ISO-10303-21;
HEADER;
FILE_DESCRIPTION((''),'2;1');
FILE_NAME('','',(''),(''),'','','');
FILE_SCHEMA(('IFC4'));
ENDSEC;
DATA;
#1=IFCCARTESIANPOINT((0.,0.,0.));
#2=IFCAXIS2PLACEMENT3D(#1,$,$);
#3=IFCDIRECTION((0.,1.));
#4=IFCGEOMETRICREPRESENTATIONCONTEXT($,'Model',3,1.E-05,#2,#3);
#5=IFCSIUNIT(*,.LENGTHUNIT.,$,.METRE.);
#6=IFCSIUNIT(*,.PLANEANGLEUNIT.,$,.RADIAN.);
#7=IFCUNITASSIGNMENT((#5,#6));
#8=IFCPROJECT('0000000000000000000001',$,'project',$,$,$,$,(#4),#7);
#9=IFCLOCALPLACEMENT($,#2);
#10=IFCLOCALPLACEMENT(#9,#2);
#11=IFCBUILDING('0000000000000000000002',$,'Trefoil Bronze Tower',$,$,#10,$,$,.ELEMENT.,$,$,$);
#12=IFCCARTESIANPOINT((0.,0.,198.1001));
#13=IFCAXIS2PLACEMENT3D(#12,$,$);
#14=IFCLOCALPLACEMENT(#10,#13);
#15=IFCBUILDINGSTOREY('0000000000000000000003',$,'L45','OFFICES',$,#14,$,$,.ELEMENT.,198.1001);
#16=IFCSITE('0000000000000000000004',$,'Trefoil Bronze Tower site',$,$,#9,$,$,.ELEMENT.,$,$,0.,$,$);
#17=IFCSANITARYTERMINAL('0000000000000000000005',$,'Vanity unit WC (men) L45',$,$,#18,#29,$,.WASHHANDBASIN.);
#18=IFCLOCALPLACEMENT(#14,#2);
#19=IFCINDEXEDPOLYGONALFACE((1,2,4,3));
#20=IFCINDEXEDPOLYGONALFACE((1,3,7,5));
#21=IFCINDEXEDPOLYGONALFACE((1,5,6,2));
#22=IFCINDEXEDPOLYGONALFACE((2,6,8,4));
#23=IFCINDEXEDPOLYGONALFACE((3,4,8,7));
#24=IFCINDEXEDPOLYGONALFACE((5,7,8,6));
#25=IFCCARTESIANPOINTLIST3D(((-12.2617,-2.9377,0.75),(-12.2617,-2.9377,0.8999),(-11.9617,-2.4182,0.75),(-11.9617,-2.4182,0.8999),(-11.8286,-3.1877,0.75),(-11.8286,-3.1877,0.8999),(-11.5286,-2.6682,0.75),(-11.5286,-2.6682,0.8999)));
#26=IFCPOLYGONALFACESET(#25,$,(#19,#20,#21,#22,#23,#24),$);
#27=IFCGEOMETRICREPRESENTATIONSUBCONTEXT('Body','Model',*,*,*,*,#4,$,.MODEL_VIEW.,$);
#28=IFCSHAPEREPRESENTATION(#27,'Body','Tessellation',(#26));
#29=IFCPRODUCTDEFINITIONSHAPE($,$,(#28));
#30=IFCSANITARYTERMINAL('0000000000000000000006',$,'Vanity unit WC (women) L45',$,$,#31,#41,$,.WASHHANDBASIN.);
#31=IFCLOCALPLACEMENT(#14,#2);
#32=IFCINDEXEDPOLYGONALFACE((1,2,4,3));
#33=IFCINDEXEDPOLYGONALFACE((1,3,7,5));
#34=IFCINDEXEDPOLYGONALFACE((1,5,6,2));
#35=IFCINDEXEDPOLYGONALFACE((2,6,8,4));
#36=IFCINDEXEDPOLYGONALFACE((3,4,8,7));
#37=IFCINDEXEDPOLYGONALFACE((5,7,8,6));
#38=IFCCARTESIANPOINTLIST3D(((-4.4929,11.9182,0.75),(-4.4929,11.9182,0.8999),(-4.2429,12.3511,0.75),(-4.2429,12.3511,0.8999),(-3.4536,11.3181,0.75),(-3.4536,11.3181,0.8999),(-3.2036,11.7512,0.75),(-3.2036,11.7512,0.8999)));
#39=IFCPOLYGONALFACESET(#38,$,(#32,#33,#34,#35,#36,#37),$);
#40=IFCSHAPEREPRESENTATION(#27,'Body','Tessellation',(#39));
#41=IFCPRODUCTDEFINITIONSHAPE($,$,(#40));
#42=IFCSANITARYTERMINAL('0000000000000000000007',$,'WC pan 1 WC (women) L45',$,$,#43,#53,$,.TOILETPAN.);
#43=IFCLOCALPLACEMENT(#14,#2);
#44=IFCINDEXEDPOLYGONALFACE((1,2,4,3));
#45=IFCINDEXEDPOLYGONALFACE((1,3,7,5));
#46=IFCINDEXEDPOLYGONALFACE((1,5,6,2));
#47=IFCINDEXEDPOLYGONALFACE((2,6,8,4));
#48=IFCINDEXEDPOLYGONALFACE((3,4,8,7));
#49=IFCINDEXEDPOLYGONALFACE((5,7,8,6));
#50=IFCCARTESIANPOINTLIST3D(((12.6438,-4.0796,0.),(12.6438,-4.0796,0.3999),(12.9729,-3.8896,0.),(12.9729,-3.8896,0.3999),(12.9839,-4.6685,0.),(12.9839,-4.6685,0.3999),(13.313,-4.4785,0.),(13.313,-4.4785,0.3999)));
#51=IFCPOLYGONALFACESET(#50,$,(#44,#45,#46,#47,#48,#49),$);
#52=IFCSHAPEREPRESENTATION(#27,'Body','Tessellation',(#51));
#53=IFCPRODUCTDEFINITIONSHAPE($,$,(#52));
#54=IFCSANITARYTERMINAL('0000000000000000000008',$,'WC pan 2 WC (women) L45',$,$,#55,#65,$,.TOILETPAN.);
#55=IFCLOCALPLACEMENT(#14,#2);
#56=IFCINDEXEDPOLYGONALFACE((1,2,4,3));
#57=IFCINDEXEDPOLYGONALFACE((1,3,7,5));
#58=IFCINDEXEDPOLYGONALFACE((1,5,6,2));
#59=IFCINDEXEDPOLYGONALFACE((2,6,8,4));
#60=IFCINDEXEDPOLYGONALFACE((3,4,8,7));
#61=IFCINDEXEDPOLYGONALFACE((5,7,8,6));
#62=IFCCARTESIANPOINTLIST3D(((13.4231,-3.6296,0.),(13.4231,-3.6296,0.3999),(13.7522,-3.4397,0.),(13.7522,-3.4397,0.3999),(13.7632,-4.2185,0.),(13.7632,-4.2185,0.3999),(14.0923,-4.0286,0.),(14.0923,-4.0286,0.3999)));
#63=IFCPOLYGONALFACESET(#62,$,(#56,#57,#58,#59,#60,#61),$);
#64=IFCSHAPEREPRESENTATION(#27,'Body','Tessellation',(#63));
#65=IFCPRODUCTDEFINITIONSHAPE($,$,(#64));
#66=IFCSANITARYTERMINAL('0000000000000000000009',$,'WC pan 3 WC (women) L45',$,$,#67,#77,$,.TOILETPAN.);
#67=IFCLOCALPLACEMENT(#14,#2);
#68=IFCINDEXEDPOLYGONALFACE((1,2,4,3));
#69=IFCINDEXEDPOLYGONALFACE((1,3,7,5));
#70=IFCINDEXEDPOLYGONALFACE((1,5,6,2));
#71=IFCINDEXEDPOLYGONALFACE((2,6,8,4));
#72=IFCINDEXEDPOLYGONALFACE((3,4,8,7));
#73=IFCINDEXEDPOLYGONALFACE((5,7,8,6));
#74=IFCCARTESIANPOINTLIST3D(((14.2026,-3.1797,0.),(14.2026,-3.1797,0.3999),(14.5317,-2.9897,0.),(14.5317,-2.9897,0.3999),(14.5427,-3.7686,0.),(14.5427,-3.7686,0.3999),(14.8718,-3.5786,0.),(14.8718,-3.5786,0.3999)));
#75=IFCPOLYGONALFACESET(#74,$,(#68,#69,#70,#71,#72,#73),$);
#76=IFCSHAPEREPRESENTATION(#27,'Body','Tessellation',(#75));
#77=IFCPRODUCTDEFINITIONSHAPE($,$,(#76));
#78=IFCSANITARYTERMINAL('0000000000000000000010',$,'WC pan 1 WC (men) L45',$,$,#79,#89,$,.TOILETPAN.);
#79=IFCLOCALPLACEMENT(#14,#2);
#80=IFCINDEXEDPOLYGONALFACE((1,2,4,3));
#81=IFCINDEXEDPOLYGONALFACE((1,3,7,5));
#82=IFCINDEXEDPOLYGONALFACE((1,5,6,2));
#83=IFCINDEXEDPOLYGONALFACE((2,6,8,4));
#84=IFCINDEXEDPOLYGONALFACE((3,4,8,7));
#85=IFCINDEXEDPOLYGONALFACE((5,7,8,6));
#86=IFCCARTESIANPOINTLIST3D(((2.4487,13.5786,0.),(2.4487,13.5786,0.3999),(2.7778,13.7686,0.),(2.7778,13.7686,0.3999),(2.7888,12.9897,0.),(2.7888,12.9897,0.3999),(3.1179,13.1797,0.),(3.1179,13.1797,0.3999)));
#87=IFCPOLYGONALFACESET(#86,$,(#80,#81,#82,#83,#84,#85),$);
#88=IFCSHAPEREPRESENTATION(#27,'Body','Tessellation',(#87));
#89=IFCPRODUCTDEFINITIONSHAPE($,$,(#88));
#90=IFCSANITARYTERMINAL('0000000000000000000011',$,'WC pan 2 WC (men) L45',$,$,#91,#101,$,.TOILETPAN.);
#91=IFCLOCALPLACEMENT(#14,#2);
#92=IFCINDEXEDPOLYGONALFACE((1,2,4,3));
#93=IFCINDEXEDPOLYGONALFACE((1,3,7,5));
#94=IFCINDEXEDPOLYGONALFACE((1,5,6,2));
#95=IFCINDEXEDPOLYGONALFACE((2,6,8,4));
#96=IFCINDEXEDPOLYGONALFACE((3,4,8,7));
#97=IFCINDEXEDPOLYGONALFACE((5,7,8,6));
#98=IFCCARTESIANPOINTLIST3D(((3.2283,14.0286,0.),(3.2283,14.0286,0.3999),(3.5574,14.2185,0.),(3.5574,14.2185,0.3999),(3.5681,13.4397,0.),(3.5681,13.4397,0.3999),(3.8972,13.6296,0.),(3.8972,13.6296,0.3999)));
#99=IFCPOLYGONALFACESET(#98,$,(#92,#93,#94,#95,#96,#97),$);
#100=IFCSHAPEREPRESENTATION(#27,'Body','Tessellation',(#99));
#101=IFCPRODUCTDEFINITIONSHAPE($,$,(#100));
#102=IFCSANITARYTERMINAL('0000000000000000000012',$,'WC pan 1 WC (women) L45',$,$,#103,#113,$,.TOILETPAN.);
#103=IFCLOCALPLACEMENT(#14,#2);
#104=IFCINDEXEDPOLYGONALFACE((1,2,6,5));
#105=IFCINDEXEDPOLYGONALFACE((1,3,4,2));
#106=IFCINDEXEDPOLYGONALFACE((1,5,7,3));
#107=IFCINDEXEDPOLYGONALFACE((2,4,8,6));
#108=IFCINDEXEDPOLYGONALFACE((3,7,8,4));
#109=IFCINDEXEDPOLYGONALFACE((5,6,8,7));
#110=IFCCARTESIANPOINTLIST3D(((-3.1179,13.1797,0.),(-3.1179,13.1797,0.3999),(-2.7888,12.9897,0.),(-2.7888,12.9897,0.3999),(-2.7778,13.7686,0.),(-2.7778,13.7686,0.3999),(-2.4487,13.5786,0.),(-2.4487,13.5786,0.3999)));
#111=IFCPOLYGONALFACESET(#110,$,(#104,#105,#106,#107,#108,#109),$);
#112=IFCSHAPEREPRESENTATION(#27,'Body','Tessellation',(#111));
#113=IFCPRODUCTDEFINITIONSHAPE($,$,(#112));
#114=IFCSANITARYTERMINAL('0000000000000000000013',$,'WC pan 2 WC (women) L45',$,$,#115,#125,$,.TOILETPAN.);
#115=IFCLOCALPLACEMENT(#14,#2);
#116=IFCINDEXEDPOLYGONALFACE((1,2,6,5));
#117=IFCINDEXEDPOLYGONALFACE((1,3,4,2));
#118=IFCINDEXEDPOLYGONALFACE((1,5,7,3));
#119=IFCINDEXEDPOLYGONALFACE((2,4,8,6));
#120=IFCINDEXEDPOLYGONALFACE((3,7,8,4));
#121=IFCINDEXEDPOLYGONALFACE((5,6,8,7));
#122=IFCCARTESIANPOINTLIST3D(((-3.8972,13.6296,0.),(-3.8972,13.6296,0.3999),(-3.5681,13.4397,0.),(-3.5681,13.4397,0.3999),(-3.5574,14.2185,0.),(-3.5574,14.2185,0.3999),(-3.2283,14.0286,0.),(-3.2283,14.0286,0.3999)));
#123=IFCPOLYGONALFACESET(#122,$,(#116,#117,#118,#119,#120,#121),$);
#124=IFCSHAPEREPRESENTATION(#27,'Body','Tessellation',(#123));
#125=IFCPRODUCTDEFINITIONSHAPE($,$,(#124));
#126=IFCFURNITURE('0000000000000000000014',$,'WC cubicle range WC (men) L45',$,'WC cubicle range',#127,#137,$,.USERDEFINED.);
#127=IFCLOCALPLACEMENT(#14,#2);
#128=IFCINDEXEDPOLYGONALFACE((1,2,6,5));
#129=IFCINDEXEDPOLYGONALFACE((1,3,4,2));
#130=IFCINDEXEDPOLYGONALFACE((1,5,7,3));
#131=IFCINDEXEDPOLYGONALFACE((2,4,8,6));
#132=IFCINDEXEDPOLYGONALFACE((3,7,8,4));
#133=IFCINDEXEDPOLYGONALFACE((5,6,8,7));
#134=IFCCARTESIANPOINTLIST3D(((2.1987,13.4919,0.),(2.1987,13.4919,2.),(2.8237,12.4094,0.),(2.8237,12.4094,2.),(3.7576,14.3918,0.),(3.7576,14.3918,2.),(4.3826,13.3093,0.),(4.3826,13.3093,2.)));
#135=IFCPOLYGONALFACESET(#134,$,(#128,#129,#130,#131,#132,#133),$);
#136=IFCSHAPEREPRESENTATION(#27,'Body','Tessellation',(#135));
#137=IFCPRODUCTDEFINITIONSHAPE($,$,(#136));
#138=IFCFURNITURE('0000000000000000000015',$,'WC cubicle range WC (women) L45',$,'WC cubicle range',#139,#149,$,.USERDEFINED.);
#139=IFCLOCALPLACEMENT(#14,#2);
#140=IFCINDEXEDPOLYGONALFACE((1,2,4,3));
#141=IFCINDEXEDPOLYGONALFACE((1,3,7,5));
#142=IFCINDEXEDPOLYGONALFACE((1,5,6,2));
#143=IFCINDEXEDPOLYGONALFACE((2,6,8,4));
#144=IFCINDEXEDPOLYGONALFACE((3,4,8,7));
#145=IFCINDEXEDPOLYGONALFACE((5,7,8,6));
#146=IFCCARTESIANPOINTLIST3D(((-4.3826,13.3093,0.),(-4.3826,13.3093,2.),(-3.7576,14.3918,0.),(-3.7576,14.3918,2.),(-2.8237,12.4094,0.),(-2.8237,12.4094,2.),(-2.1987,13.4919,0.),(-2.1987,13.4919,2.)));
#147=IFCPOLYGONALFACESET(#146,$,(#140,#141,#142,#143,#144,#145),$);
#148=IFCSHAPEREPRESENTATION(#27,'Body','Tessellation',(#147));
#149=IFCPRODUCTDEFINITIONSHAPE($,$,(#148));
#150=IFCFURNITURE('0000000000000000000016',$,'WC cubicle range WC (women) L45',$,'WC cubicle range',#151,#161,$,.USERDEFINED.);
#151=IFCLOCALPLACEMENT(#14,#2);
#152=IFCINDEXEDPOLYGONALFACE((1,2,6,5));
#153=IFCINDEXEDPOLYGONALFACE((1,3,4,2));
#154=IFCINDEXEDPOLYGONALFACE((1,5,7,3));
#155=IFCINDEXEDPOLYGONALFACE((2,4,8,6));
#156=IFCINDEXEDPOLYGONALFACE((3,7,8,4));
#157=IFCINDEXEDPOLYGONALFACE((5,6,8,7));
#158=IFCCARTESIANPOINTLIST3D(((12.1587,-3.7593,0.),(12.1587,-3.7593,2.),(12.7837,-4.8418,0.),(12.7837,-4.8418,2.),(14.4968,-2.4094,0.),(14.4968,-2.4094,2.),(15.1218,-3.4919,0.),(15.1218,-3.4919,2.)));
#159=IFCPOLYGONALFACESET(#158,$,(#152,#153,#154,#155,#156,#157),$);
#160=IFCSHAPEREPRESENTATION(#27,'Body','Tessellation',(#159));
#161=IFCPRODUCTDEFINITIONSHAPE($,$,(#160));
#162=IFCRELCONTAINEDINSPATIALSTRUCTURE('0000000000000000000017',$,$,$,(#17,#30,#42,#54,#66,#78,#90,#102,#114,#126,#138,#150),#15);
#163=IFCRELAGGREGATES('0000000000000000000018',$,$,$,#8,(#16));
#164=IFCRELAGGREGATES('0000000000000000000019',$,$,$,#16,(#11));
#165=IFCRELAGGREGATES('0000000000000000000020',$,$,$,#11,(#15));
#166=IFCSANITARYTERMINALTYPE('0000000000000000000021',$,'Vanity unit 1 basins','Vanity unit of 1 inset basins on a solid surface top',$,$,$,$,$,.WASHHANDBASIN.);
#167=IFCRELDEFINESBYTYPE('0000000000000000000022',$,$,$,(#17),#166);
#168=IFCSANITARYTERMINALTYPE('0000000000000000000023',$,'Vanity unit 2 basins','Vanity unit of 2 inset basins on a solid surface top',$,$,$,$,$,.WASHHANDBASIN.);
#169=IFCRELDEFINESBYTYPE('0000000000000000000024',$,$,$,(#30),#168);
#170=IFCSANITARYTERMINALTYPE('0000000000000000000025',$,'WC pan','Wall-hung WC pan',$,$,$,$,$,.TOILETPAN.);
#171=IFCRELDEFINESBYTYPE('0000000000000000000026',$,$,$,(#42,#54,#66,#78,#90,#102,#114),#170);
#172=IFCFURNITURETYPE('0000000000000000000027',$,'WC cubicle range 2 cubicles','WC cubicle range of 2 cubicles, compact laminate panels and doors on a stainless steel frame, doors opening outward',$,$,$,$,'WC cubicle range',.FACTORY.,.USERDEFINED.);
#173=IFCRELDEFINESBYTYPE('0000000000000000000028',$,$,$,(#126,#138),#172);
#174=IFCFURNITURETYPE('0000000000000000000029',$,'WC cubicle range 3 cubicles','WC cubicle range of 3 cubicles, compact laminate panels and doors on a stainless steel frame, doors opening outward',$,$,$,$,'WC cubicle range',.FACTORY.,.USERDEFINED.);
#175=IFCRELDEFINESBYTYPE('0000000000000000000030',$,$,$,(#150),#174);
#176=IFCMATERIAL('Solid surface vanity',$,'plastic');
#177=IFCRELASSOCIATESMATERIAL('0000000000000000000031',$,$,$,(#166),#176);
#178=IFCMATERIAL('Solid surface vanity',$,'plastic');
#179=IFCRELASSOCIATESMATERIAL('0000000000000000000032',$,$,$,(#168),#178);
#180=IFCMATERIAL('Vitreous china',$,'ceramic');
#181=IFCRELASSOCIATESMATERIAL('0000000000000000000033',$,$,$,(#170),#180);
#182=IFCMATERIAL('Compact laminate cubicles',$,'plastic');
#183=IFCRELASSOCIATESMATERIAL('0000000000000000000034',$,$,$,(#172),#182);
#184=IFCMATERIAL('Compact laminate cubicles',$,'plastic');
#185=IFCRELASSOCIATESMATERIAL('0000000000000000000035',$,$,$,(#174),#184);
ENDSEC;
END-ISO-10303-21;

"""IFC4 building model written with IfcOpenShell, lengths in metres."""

from ifc_helpers import new_model, si_unit, direction, frame, origin, place, context, subcontext, project, spatial, polyline, outline, extrude, material, type_object, element, save


model = new_model("IFC4")

# Units and contexts
model_context = context("Model", 3, precision=1e-05, world=origin(), true_north=direction((0.0, 1.0)))
body_context = subcontext(model_context, "Body", "Model", "MODEL_VIEW")
ifc_project = project(units=[si_unit("LENGTHUNIT", "METRE"), si_unit("PLANEANGLEUNIT", "RADIAN")], contexts=[model_context])

# Site, building, storey
site_placement = place(None, origin())
site = spatial("IfcSite", under=ifc_project, at=site_placement, Name="Trefoil Bronze Tower site", CompositionType="ELEMENT", RefElevation=0.0)
building_placement = place(site_placement, origin())
building = spatial("IfcBuilding", under=site, at=building_placement, Name="Trefoil Bronze Tower", CompositionType="ELEMENT")
storey_placement = place(building_placement, frame((0.0, 0.0, 198.1001)))
storey = spatial("IfcBuildingStorey", under=building, at=storey_placement, Name="L45", Description="OFFICES", CompositionType="ELEMENT", Elevation=198.1001)

# Sanitary terminals
ifc_material_1 = material(Name="Solid surface vanity", Category="plastic")
sanitary_terminal_type_1 = type_object("IfcSanitaryTerminalType", Name="Vanity unit 1 basins", Description="Vanity unit of 1 inset basins on a solid surface top", PredefinedType="WASHHANDBASIN", material=ifc_material_1)
sanitary_terminal_1_placement = place(storey_placement, frame((0.0, 0.0, 0.75)))
element("IfcSanitaryTerminal", 1, at=sanitary_terminal_1_placement, inside=storey, type_object=sanitary_terminal_type_1, Name="Vanity unit WC (men) L45", PredefinedType="WASHHANDBASIN", context=body_context, shape_type="SweptSolid", body=[
    extrude(outline(polyline([(-11.5286, -2.6682), (-11.8286, -3.1877), (-12.2617, -2.9377), (-11.9617, -2.4182), (-11.5286, -2.6682)])), origin(), (0.0, 0.0, 1.0), 0.1499),
])
ifc_material_2 = material(Name="Solid surface vanity", Category="plastic")
sanitary_terminal_type_2 = type_object("IfcSanitaryTerminalType", Name="Vanity unit 2 basins", Description="Vanity unit of 2 inset basins on a solid surface top", PredefinedType="WASHHANDBASIN", material=ifc_material_2)
sanitary_terminal_2_placement = place(storey_placement, frame((0.0, 0.0, 0.75)))
element("IfcSanitaryTerminal", 2, at=sanitary_terminal_2_placement, inside=storey, type_object=sanitary_terminal_type_2, Name="Vanity unit WC (women) L45", PredefinedType="WASHHANDBASIN", context=body_context, shape_type="SweptSolid", body=[
    extrude(outline(polyline([(-3.4536, 11.3181), (-3.2036, 11.7512), (-4.2429, 12.3511), (-4.4929, 11.9182), (-3.4536, 11.3181)])), origin(), (0.0, 0.0, 1.0), 0.1499),
])
ifc_material_3 = material(Name="Vitreous china", Category="ceramic")
sanitary_terminal_type_3 = type_object("IfcSanitaryTerminalType", Name="WC pan", Description="Wall-hung WC pan", PredefinedType="TOILETPAN", material=ifc_material_3)
sanitary_terminal_3_placement = place(storey_placement, origin())
element("IfcSanitaryTerminal", 3, at=sanitary_terminal_3_placement, inside=storey, type_object=sanitary_terminal_type_3, Name="WC pan 1 WC (women) L45", PredefinedType="TOILETPAN", context=body_context, shape_type="SweptSolid", body=[
    extrude(outline(polyline([(12.6438, -4.0796), (12.9839, -4.6685), (13.313, -4.4785), (12.9729, -3.8896), (12.6438, -4.0796)])), origin(), (0.0, 0.0, 1.0), 0.3999),
])
sanitary_terminal_4_placement = place(storey_placement, origin())
element("IfcSanitaryTerminal", 4, at=sanitary_terminal_4_placement, inside=storey, type_object=sanitary_terminal_type_3, Name="WC pan 2 WC (women) L45", PredefinedType="TOILETPAN", context=body_context, shape_type="SweptSolid", body=[
    extrude(outline(polyline([(13.4231, -3.6296), (13.7632, -4.2185), (14.0923, -4.0286), (13.7522, -3.4397), (13.4231, -3.6296)])), origin(), (0.0, 0.0, 1.0), 0.3999),
])
sanitary_terminal_5_placement = place(storey_placement, origin())
element("IfcSanitaryTerminal", 5, at=sanitary_terminal_5_placement, inside=storey, type_object=sanitary_terminal_type_3, Name="WC pan 3 WC (women) L45", PredefinedType="TOILETPAN", context=body_context, shape_type="SweptSolid", body=[
    extrude(outline(polyline([(14.2026, -3.1797), (14.5427, -3.7686), (14.8718, -3.5786), (14.5317, -2.9897), (14.2026, -3.1797)])), origin(), (0.0, 0.0, 1.0), 0.3999),
])
sanitary_terminal_6_placement = place(storey_placement, origin())
element("IfcSanitaryTerminal", 6, at=sanitary_terminal_6_placement, inside=storey, type_object=sanitary_terminal_type_3, Name="WC pan 1 WC (men) L45", PredefinedType="TOILETPAN", context=body_context, shape_type="SweptSolid", body=[
    extrude(outline(polyline([(2.7888, 12.9897), (2.4487, 13.5786), (2.7778, 13.7686), (3.1179, 13.1797), (2.7888, 12.9897)])), origin(), (0.0, 0.0, 1.0), 0.3999),
])
sanitary_terminal_7_placement = place(storey_placement, origin())
element("IfcSanitaryTerminal", 7, at=sanitary_terminal_7_placement, inside=storey, type_object=sanitary_terminal_type_3, Name="WC pan 2 WC (men) L45", PredefinedType="TOILETPAN", context=body_context, shape_type="SweptSolid", body=[
    extrude(outline(polyline([(3.5681, 13.4397), (3.2283, 14.0286), (3.5574, 14.2185), (3.8972, 13.6296), (3.5681, 13.4397)])), origin(), (0.0, 0.0, 1.0), 0.3999),
])
sanitary_terminal_8_placement = place(storey_placement, origin())
element("IfcSanitaryTerminal", 8, at=sanitary_terminal_8_placement, inside=storey, type_object=sanitary_terminal_type_3, Name="WC pan 1 WC (women) L45", PredefinedType="TOILETPAN", context=body_context, shape_type="SweptSolid", body=[
    extrude(outline(polyline([(-2.7888, 12.9897), (-2.4487, 13.5786), (-2.7778, 13.7686), (-3.1179, 13.1797), (-2.7888, 12.9897)])), origin(), (0.0, 0.0, 1.0), 0.3999),
])
sanitary_terminal_9_placement = place(storey_placement, origin())
element("IfcSanitaryTerminal", 9, at=sanitary_terminal_9_placement, inside=storey, type_object=sanitary_terminal_type_3, Name="WC pan 2 WC (women) L45", PredefinedType="TOILETPAN", context=body_context, shape_type="SweptSolid", body=[
    extrude(outline(polyline([(-3.5681, 13.4397), (-3.2283, 14.0286), (-3.5574, 14.2185), (-3.8972, 13.6296), (-3.5681, 13.4397)])), origin(), (0.0, 0.0, 1.0), 0.3999),
])

# Furniture
ifc_material_4 = material(Name="Compact laminate cubicles", Category="plastic")
furniture_type_1 = type_object("IfcFurnitureType", Name="WC cubicle range 2 cubicles", Description="WC cubicle range of 2 cubicles, compact laminate panels and doors on a stainless steel frame, doors opening outward", ElementType="WC cubicle range", AssemblyPlace="FACTORY", PredefinedType="USERDEFINED", material=ifc_material_4)
furniture_1_placement = place(storey_placement, origin())
element("IfcFurniture", 10, at=furniture_1_placement, inside=storey, type_object=furniture_type_1, Name="WC cubicle range WC (men) L45", ObjectType="WC cubicle range", PredefinedType="USERDEFINED", context=body_context, shape_type="SweptSolid", body=[
    extrude(outline(polyline([(2.8237, 12.4094), (2.1987, 13.4919), (3.7576, 14.3918), (4.3826, 13.3093), (2.8237, 12.4094)])), origin(), (0.0, 0.0, 1.0), 2.0),
])
furniture_2_placement = place(storey_placement, origin())
element("IfcFurniture", 11, at=furniture_2_placement, inside=storey, type_object=furniture_type_1, Name="WC cubicle range WC (women) L45", ObjectType="WC cubicle range", PredefinedType="USERDEFINED", context=body_context, shape_type="SweptSolid", body=[
    extrude(outline(polyline([(-2.8237, 12.4094), (-2.1987, 13.4919), (-3.7576, 14.3918), (-4.3826, 13.3093), (-2.8237, 12.4094)])), origin(), (0.0, 0.0, 1.0), 2.0),
])
ifc_material_5 = material(Name="Compact laminate cubicles", Category="plastic")
furniture_type_2 = type_object("IfcFurnitureType", Name="WC cubicle range 3 cubicles", Description="WC cubicle range of 3 cubicles, compact laminate panels and doors on a stainless steel frame, doors opening outward", ElementType="WC cubicle range", AssemblyPlace="FACTORY", PredefinedType="USERDEFINED", material=ifc_material_5)
furniture_3_placement = place(storey_placement, origin())
element("IfcFurniture", 12, at=furniture_3_placement, inside=storey, type_object=furniture_type_2, Name="WC cubicle range WC (women) L45", ObjectType="WC cubicle range", PredefinedType="USERDEFINED", context=body_context, shape_type="SweptSolid", body=[
    extrude(outline(polyline([(12.1587, -3.7593), (12.7837, -4.8418), (15.1218, -3.4919), (14.4968, -2.4094), (12.1587, -3.7593)])), origin(), (0.0, 0.0, 1.0), 2.0),
])

save(model, "model.ifc")
